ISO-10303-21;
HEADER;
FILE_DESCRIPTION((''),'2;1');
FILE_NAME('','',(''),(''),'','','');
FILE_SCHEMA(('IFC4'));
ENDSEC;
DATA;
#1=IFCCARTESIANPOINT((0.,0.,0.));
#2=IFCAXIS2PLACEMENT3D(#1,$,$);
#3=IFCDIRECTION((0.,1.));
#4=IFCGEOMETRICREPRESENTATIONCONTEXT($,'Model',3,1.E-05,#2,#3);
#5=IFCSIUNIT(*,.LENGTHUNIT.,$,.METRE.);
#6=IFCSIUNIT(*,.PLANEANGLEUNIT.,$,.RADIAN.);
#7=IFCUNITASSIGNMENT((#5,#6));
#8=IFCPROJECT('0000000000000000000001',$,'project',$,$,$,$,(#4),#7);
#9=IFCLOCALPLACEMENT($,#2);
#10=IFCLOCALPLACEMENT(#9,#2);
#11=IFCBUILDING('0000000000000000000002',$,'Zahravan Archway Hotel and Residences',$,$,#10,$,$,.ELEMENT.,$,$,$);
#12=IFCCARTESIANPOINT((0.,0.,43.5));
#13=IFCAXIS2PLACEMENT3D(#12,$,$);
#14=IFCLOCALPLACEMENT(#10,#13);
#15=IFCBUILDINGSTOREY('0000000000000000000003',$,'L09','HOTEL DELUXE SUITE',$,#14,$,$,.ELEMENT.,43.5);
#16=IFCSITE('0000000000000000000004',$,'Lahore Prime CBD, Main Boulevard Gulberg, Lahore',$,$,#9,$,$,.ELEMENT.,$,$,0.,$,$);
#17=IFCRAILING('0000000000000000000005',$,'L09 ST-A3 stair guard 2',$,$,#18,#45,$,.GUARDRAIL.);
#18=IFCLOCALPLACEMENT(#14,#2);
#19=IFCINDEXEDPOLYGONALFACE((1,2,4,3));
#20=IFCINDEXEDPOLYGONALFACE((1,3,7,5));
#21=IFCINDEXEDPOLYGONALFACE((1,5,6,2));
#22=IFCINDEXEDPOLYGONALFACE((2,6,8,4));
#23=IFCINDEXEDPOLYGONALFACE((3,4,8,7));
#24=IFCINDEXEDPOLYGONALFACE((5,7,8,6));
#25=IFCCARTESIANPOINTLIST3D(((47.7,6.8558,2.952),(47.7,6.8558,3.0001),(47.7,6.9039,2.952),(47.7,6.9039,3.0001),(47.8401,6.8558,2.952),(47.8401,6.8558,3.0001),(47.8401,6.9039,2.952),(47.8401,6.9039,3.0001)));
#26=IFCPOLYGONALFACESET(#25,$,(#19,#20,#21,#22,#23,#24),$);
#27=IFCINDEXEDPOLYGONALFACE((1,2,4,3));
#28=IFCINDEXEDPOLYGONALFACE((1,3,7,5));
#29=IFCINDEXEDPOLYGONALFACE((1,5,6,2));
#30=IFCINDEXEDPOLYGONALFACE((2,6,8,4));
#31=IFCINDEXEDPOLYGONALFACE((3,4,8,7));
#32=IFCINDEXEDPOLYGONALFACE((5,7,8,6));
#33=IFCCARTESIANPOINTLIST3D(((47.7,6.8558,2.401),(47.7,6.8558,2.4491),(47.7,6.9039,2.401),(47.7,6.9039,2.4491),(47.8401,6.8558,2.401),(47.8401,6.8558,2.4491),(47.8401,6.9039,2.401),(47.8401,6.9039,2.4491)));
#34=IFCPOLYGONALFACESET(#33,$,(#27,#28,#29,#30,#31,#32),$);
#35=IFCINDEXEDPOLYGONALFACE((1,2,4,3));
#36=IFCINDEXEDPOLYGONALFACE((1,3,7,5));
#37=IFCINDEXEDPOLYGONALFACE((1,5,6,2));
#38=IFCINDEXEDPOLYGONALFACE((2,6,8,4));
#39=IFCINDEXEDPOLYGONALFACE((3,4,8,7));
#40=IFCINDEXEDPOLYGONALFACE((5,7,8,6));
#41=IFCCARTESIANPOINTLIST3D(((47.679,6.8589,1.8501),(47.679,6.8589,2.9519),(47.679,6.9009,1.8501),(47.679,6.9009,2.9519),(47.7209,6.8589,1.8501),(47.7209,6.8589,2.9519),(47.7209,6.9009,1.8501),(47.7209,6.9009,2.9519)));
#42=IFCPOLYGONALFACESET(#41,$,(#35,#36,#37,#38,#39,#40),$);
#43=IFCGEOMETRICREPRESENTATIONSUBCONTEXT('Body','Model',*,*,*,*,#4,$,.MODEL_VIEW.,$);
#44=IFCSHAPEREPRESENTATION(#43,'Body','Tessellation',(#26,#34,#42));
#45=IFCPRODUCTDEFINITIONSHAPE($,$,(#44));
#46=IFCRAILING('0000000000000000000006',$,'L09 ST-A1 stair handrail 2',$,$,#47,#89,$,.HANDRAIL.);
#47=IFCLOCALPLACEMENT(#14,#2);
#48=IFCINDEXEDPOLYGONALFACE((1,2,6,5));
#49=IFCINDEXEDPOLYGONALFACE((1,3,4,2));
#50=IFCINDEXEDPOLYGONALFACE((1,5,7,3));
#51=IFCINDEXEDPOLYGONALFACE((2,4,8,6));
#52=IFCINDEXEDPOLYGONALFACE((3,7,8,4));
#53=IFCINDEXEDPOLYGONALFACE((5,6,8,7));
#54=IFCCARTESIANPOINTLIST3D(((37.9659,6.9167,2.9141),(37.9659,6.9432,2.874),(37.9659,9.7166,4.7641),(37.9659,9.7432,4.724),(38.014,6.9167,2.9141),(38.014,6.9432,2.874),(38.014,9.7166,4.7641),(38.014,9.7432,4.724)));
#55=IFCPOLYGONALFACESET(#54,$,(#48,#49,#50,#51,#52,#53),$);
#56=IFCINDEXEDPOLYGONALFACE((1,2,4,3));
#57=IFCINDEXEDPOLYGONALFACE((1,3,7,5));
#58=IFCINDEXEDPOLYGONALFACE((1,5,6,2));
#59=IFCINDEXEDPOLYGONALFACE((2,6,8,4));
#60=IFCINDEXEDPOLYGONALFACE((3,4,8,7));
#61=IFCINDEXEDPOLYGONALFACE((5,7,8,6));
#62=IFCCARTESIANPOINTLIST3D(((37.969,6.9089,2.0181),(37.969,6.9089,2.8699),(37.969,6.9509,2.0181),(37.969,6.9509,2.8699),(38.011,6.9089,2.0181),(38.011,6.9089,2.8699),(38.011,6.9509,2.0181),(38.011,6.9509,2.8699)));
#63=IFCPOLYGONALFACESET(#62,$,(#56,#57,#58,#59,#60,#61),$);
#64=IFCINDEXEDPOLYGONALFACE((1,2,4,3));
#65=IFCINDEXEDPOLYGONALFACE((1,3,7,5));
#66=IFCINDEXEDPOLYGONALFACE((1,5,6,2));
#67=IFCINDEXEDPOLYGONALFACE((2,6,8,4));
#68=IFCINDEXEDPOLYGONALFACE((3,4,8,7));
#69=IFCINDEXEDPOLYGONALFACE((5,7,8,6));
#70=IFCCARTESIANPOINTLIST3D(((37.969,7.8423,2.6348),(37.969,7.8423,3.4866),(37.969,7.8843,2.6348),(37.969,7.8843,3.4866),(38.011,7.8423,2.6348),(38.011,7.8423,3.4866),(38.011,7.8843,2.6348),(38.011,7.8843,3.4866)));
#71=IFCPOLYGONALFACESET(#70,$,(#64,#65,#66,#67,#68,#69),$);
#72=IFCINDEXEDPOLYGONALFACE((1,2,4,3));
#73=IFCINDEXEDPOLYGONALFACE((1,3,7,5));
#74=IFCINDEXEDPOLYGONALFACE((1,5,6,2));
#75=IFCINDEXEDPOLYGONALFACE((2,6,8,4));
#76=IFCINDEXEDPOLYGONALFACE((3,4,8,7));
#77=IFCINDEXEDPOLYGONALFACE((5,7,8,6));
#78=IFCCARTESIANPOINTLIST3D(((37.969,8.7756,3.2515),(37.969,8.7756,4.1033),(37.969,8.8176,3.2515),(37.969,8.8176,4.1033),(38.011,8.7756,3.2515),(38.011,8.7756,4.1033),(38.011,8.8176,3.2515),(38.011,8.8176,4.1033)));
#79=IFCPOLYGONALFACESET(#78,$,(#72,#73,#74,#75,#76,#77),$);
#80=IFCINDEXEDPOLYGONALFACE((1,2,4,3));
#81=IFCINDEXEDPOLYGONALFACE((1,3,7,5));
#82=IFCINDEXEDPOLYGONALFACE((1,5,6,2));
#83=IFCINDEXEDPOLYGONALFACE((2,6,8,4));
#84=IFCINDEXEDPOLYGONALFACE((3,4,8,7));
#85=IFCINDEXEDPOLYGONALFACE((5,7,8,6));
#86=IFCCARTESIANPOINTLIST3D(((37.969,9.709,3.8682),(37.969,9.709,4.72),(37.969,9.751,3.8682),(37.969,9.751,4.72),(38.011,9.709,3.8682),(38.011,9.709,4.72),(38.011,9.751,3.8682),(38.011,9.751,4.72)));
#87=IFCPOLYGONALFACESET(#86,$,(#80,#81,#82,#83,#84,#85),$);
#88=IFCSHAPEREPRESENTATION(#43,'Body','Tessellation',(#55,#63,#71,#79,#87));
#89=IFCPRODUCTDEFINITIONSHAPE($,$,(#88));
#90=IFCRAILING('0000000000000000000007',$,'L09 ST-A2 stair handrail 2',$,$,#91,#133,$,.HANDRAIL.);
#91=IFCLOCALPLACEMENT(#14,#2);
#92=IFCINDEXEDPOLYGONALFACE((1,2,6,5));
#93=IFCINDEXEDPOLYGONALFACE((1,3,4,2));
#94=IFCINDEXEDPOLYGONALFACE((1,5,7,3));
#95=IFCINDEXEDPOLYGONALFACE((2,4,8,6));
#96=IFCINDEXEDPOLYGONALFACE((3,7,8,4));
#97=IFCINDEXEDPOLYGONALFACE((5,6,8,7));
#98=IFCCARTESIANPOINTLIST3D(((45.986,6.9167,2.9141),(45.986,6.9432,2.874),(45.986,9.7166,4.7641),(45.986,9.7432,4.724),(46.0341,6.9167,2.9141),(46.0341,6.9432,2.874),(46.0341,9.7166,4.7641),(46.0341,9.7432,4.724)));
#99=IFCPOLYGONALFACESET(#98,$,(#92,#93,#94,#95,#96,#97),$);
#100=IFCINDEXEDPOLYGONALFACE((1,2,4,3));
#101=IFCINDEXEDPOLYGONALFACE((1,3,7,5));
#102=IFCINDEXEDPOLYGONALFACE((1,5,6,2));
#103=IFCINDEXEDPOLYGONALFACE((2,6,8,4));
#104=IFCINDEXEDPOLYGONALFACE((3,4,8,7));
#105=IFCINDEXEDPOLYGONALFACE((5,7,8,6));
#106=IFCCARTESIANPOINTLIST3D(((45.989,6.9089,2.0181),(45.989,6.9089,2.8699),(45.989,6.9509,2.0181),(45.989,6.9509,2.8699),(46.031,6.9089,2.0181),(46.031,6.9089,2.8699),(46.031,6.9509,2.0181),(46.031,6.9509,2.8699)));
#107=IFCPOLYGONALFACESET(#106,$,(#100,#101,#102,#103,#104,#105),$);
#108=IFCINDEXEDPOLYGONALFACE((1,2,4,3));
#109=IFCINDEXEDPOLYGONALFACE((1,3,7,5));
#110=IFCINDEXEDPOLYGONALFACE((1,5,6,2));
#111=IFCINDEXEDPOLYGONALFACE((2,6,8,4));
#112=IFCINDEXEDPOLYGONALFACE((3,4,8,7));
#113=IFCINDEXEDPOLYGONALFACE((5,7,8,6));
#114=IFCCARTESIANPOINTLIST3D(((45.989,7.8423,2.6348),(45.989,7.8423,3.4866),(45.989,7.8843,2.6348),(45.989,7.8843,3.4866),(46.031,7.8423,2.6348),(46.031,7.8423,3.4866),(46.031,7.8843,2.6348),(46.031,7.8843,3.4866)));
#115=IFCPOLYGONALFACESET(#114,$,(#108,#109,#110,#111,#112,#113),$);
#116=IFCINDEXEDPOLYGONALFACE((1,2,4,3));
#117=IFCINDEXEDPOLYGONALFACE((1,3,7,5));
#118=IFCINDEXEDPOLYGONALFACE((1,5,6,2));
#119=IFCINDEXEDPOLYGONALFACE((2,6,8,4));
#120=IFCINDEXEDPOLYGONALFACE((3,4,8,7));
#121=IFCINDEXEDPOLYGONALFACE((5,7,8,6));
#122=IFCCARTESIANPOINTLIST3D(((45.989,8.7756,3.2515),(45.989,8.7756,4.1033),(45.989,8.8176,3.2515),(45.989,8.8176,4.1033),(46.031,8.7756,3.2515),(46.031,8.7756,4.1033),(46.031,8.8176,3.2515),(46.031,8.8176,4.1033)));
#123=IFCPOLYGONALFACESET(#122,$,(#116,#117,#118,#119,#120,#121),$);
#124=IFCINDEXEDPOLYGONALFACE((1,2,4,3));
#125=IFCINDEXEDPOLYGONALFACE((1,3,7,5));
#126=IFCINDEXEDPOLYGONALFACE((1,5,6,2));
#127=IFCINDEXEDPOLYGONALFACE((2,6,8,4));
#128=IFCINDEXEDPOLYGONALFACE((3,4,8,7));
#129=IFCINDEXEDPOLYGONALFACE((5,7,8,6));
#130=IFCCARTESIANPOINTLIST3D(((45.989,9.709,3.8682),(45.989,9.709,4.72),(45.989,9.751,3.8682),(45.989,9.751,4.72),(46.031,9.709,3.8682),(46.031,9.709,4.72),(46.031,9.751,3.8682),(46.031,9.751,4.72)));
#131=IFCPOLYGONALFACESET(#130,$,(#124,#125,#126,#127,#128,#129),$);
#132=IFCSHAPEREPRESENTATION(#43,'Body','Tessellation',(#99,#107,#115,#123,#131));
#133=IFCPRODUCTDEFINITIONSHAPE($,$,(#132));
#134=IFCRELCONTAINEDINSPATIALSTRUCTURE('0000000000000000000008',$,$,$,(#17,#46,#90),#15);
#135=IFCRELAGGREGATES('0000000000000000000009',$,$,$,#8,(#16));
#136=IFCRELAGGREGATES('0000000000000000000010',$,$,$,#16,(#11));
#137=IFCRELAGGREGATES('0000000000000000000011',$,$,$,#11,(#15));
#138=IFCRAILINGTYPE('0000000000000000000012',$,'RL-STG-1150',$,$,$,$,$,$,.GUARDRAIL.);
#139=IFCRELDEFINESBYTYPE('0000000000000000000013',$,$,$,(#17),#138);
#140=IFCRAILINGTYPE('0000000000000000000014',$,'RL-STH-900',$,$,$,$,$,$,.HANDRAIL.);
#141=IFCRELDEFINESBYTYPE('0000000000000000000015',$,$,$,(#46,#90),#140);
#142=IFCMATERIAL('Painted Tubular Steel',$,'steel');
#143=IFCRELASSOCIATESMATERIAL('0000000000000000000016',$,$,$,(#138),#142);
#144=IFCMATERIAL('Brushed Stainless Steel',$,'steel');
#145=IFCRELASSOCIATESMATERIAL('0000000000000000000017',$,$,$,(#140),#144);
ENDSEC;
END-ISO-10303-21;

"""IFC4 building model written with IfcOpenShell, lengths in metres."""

from ifc_helpers import new_model, si_unit, direction, frame, origin, origin_2d, place, context, subcontext, project, spatial, rectangle, extrude, material, type_object, element, save


model = new_model("IFC4")

# Units and contexts
model_context = context("Model", 3, precision=1e-05, world=origin(), true_north=direction((0.0, 1.0)))
body_context = subcontext(model_context, "Body", "Model", "MODEL_VIEW")
ifc_project = project(units=[si_unit("LENGTHUNIT", "METRE"), si_unit("PLANEANGLEUNIT", "RADIAN")], contexts=[model_context])

# Site, building, storey
site_placement = place(None, origin())
site = spatial("IfcSite", under=ifc_project, at=site_placement, Name="Lahore Prime CBD, Main Boulevard Gulberg, Lahore", CompositionType="ELEMENT", RefElevation=0.0)
building_placement = place(site_placement, origin())
building = spatial("IfcBuilding", under=site, at=building_placement, Name="Zahravan Archway Hotel and Residences", CompositionType="ELEMENT")
storey_placement = place(building_placement, frame((0.0, 0.0, 43.5)))
storey = spatial("IfcBuildingStorey", under=building, at=storey_placement, Name="L09", Description="HOTEL DELUXE SUITE", CompositionType="ELEMENT", Elevation=43.5)

# Railings
ifc_material_1 = material(Name="Painted Tubular Steel", Category="steel")
railing_type_1 = type_object("IfcRailingType", Name="RL-STG-1150", PredefinedType="GUARDRAIL", material=ifc_material_1)
railing_1_placement = place(storey_placement, frame((47.7, 6.8799, 1.8501)))
element("IfcRailing", 1, at=railing_1_placement, inside=storey, type_object=railing_type_1, Name="L09 ST-A3 stair guard 2", PredefinedType="GUARDRAIL", context=body_context, shape_type="SweptSolid", body=[
    extrude(rectangle(XDim=0.0481, YDim=0.0481, at=origin_2d()), frame((0.0, 0.0, 1.126), z_axis=(1.0, 0.0, 0.0), x_axis=(0.0, 1.0, 0.0)), (0.0, 0.0, 1.0), 0.1401),
    extrude(rectangle(XDim=0.0481, YDim=0.0481, at=origin_2d()), frame((0.0, 0.0, 0.575), z_axis=(1.0, 0.0, 0.0), x_axis=(0.0, 1.0, 0.0)), (0.0, 0.0, 1.0), 0.1401),
    extrude(rectangle(XDim=0.042, YDim=0.042, at=origin_2d()), origin(), (0.0, 0.0, 1.0), 1.1018),
])
ifc_material_2 = material(Name="Brushed Stainless Steel", Category="steel")
railing_type_2 = type_object("IfcRailingType", Name="RL-STH-900", PredefinedType="HANDRAIL", material=ifc_material_2)
for number, where, name in (
    (2, (37.99, 6.9299, 2.0181), "L09 ST-A1 stair handrail 2"),
    (3, (46.01, 6.9299, 2.0181), "L09 ST-A2 stair handrail 2"),
):
    element("IfcRailing", number, at=place(storey_placement, frame(where)), inside=storey, type_object=railing_type_2, Name=name, PredefinedType="HANDRAIL", context=body_context, shape_type="SweptSolid", body=[
        extrude(rectangle(XDim=0.0481, YDim=0.0481, at=origin_2d()), frame((0.0, 0.0, 0.876), z_axis=(0.0, 0.834326, 0.551271), x_axis=(-1.0, 0.0, 0.0)), (0.0, 0.0, 1.0), 3.356),
        extrude(rectangle(XDim=0.042, YDim=0.042, at=origin_2d()), origin(), (0.0, 0.0, 1.0), 0.8518),
        extrude(rectangle(XDim=0.042, YDim=0.042, at=origin_2d()), frame((0.0, 0.9333, 0.6167)), (0.0, 0.0, 1.0), 0.8518),
        extrude(rectangle(XDim=0.042, YDim=0.042, at=origin_2d()), frame((0.0, 1.8667, 1.2334)), (0.0, 0.0, 1.0), 0.8518),
        extrude(rectangle(XDim=0.042, YDim=0.042, at=origin_2d()), frame((0.0, 2.8, 1.8501)), (0.0, 0.0, 1.0), 0.8518),
    ])

save(model, "model.ifc")
